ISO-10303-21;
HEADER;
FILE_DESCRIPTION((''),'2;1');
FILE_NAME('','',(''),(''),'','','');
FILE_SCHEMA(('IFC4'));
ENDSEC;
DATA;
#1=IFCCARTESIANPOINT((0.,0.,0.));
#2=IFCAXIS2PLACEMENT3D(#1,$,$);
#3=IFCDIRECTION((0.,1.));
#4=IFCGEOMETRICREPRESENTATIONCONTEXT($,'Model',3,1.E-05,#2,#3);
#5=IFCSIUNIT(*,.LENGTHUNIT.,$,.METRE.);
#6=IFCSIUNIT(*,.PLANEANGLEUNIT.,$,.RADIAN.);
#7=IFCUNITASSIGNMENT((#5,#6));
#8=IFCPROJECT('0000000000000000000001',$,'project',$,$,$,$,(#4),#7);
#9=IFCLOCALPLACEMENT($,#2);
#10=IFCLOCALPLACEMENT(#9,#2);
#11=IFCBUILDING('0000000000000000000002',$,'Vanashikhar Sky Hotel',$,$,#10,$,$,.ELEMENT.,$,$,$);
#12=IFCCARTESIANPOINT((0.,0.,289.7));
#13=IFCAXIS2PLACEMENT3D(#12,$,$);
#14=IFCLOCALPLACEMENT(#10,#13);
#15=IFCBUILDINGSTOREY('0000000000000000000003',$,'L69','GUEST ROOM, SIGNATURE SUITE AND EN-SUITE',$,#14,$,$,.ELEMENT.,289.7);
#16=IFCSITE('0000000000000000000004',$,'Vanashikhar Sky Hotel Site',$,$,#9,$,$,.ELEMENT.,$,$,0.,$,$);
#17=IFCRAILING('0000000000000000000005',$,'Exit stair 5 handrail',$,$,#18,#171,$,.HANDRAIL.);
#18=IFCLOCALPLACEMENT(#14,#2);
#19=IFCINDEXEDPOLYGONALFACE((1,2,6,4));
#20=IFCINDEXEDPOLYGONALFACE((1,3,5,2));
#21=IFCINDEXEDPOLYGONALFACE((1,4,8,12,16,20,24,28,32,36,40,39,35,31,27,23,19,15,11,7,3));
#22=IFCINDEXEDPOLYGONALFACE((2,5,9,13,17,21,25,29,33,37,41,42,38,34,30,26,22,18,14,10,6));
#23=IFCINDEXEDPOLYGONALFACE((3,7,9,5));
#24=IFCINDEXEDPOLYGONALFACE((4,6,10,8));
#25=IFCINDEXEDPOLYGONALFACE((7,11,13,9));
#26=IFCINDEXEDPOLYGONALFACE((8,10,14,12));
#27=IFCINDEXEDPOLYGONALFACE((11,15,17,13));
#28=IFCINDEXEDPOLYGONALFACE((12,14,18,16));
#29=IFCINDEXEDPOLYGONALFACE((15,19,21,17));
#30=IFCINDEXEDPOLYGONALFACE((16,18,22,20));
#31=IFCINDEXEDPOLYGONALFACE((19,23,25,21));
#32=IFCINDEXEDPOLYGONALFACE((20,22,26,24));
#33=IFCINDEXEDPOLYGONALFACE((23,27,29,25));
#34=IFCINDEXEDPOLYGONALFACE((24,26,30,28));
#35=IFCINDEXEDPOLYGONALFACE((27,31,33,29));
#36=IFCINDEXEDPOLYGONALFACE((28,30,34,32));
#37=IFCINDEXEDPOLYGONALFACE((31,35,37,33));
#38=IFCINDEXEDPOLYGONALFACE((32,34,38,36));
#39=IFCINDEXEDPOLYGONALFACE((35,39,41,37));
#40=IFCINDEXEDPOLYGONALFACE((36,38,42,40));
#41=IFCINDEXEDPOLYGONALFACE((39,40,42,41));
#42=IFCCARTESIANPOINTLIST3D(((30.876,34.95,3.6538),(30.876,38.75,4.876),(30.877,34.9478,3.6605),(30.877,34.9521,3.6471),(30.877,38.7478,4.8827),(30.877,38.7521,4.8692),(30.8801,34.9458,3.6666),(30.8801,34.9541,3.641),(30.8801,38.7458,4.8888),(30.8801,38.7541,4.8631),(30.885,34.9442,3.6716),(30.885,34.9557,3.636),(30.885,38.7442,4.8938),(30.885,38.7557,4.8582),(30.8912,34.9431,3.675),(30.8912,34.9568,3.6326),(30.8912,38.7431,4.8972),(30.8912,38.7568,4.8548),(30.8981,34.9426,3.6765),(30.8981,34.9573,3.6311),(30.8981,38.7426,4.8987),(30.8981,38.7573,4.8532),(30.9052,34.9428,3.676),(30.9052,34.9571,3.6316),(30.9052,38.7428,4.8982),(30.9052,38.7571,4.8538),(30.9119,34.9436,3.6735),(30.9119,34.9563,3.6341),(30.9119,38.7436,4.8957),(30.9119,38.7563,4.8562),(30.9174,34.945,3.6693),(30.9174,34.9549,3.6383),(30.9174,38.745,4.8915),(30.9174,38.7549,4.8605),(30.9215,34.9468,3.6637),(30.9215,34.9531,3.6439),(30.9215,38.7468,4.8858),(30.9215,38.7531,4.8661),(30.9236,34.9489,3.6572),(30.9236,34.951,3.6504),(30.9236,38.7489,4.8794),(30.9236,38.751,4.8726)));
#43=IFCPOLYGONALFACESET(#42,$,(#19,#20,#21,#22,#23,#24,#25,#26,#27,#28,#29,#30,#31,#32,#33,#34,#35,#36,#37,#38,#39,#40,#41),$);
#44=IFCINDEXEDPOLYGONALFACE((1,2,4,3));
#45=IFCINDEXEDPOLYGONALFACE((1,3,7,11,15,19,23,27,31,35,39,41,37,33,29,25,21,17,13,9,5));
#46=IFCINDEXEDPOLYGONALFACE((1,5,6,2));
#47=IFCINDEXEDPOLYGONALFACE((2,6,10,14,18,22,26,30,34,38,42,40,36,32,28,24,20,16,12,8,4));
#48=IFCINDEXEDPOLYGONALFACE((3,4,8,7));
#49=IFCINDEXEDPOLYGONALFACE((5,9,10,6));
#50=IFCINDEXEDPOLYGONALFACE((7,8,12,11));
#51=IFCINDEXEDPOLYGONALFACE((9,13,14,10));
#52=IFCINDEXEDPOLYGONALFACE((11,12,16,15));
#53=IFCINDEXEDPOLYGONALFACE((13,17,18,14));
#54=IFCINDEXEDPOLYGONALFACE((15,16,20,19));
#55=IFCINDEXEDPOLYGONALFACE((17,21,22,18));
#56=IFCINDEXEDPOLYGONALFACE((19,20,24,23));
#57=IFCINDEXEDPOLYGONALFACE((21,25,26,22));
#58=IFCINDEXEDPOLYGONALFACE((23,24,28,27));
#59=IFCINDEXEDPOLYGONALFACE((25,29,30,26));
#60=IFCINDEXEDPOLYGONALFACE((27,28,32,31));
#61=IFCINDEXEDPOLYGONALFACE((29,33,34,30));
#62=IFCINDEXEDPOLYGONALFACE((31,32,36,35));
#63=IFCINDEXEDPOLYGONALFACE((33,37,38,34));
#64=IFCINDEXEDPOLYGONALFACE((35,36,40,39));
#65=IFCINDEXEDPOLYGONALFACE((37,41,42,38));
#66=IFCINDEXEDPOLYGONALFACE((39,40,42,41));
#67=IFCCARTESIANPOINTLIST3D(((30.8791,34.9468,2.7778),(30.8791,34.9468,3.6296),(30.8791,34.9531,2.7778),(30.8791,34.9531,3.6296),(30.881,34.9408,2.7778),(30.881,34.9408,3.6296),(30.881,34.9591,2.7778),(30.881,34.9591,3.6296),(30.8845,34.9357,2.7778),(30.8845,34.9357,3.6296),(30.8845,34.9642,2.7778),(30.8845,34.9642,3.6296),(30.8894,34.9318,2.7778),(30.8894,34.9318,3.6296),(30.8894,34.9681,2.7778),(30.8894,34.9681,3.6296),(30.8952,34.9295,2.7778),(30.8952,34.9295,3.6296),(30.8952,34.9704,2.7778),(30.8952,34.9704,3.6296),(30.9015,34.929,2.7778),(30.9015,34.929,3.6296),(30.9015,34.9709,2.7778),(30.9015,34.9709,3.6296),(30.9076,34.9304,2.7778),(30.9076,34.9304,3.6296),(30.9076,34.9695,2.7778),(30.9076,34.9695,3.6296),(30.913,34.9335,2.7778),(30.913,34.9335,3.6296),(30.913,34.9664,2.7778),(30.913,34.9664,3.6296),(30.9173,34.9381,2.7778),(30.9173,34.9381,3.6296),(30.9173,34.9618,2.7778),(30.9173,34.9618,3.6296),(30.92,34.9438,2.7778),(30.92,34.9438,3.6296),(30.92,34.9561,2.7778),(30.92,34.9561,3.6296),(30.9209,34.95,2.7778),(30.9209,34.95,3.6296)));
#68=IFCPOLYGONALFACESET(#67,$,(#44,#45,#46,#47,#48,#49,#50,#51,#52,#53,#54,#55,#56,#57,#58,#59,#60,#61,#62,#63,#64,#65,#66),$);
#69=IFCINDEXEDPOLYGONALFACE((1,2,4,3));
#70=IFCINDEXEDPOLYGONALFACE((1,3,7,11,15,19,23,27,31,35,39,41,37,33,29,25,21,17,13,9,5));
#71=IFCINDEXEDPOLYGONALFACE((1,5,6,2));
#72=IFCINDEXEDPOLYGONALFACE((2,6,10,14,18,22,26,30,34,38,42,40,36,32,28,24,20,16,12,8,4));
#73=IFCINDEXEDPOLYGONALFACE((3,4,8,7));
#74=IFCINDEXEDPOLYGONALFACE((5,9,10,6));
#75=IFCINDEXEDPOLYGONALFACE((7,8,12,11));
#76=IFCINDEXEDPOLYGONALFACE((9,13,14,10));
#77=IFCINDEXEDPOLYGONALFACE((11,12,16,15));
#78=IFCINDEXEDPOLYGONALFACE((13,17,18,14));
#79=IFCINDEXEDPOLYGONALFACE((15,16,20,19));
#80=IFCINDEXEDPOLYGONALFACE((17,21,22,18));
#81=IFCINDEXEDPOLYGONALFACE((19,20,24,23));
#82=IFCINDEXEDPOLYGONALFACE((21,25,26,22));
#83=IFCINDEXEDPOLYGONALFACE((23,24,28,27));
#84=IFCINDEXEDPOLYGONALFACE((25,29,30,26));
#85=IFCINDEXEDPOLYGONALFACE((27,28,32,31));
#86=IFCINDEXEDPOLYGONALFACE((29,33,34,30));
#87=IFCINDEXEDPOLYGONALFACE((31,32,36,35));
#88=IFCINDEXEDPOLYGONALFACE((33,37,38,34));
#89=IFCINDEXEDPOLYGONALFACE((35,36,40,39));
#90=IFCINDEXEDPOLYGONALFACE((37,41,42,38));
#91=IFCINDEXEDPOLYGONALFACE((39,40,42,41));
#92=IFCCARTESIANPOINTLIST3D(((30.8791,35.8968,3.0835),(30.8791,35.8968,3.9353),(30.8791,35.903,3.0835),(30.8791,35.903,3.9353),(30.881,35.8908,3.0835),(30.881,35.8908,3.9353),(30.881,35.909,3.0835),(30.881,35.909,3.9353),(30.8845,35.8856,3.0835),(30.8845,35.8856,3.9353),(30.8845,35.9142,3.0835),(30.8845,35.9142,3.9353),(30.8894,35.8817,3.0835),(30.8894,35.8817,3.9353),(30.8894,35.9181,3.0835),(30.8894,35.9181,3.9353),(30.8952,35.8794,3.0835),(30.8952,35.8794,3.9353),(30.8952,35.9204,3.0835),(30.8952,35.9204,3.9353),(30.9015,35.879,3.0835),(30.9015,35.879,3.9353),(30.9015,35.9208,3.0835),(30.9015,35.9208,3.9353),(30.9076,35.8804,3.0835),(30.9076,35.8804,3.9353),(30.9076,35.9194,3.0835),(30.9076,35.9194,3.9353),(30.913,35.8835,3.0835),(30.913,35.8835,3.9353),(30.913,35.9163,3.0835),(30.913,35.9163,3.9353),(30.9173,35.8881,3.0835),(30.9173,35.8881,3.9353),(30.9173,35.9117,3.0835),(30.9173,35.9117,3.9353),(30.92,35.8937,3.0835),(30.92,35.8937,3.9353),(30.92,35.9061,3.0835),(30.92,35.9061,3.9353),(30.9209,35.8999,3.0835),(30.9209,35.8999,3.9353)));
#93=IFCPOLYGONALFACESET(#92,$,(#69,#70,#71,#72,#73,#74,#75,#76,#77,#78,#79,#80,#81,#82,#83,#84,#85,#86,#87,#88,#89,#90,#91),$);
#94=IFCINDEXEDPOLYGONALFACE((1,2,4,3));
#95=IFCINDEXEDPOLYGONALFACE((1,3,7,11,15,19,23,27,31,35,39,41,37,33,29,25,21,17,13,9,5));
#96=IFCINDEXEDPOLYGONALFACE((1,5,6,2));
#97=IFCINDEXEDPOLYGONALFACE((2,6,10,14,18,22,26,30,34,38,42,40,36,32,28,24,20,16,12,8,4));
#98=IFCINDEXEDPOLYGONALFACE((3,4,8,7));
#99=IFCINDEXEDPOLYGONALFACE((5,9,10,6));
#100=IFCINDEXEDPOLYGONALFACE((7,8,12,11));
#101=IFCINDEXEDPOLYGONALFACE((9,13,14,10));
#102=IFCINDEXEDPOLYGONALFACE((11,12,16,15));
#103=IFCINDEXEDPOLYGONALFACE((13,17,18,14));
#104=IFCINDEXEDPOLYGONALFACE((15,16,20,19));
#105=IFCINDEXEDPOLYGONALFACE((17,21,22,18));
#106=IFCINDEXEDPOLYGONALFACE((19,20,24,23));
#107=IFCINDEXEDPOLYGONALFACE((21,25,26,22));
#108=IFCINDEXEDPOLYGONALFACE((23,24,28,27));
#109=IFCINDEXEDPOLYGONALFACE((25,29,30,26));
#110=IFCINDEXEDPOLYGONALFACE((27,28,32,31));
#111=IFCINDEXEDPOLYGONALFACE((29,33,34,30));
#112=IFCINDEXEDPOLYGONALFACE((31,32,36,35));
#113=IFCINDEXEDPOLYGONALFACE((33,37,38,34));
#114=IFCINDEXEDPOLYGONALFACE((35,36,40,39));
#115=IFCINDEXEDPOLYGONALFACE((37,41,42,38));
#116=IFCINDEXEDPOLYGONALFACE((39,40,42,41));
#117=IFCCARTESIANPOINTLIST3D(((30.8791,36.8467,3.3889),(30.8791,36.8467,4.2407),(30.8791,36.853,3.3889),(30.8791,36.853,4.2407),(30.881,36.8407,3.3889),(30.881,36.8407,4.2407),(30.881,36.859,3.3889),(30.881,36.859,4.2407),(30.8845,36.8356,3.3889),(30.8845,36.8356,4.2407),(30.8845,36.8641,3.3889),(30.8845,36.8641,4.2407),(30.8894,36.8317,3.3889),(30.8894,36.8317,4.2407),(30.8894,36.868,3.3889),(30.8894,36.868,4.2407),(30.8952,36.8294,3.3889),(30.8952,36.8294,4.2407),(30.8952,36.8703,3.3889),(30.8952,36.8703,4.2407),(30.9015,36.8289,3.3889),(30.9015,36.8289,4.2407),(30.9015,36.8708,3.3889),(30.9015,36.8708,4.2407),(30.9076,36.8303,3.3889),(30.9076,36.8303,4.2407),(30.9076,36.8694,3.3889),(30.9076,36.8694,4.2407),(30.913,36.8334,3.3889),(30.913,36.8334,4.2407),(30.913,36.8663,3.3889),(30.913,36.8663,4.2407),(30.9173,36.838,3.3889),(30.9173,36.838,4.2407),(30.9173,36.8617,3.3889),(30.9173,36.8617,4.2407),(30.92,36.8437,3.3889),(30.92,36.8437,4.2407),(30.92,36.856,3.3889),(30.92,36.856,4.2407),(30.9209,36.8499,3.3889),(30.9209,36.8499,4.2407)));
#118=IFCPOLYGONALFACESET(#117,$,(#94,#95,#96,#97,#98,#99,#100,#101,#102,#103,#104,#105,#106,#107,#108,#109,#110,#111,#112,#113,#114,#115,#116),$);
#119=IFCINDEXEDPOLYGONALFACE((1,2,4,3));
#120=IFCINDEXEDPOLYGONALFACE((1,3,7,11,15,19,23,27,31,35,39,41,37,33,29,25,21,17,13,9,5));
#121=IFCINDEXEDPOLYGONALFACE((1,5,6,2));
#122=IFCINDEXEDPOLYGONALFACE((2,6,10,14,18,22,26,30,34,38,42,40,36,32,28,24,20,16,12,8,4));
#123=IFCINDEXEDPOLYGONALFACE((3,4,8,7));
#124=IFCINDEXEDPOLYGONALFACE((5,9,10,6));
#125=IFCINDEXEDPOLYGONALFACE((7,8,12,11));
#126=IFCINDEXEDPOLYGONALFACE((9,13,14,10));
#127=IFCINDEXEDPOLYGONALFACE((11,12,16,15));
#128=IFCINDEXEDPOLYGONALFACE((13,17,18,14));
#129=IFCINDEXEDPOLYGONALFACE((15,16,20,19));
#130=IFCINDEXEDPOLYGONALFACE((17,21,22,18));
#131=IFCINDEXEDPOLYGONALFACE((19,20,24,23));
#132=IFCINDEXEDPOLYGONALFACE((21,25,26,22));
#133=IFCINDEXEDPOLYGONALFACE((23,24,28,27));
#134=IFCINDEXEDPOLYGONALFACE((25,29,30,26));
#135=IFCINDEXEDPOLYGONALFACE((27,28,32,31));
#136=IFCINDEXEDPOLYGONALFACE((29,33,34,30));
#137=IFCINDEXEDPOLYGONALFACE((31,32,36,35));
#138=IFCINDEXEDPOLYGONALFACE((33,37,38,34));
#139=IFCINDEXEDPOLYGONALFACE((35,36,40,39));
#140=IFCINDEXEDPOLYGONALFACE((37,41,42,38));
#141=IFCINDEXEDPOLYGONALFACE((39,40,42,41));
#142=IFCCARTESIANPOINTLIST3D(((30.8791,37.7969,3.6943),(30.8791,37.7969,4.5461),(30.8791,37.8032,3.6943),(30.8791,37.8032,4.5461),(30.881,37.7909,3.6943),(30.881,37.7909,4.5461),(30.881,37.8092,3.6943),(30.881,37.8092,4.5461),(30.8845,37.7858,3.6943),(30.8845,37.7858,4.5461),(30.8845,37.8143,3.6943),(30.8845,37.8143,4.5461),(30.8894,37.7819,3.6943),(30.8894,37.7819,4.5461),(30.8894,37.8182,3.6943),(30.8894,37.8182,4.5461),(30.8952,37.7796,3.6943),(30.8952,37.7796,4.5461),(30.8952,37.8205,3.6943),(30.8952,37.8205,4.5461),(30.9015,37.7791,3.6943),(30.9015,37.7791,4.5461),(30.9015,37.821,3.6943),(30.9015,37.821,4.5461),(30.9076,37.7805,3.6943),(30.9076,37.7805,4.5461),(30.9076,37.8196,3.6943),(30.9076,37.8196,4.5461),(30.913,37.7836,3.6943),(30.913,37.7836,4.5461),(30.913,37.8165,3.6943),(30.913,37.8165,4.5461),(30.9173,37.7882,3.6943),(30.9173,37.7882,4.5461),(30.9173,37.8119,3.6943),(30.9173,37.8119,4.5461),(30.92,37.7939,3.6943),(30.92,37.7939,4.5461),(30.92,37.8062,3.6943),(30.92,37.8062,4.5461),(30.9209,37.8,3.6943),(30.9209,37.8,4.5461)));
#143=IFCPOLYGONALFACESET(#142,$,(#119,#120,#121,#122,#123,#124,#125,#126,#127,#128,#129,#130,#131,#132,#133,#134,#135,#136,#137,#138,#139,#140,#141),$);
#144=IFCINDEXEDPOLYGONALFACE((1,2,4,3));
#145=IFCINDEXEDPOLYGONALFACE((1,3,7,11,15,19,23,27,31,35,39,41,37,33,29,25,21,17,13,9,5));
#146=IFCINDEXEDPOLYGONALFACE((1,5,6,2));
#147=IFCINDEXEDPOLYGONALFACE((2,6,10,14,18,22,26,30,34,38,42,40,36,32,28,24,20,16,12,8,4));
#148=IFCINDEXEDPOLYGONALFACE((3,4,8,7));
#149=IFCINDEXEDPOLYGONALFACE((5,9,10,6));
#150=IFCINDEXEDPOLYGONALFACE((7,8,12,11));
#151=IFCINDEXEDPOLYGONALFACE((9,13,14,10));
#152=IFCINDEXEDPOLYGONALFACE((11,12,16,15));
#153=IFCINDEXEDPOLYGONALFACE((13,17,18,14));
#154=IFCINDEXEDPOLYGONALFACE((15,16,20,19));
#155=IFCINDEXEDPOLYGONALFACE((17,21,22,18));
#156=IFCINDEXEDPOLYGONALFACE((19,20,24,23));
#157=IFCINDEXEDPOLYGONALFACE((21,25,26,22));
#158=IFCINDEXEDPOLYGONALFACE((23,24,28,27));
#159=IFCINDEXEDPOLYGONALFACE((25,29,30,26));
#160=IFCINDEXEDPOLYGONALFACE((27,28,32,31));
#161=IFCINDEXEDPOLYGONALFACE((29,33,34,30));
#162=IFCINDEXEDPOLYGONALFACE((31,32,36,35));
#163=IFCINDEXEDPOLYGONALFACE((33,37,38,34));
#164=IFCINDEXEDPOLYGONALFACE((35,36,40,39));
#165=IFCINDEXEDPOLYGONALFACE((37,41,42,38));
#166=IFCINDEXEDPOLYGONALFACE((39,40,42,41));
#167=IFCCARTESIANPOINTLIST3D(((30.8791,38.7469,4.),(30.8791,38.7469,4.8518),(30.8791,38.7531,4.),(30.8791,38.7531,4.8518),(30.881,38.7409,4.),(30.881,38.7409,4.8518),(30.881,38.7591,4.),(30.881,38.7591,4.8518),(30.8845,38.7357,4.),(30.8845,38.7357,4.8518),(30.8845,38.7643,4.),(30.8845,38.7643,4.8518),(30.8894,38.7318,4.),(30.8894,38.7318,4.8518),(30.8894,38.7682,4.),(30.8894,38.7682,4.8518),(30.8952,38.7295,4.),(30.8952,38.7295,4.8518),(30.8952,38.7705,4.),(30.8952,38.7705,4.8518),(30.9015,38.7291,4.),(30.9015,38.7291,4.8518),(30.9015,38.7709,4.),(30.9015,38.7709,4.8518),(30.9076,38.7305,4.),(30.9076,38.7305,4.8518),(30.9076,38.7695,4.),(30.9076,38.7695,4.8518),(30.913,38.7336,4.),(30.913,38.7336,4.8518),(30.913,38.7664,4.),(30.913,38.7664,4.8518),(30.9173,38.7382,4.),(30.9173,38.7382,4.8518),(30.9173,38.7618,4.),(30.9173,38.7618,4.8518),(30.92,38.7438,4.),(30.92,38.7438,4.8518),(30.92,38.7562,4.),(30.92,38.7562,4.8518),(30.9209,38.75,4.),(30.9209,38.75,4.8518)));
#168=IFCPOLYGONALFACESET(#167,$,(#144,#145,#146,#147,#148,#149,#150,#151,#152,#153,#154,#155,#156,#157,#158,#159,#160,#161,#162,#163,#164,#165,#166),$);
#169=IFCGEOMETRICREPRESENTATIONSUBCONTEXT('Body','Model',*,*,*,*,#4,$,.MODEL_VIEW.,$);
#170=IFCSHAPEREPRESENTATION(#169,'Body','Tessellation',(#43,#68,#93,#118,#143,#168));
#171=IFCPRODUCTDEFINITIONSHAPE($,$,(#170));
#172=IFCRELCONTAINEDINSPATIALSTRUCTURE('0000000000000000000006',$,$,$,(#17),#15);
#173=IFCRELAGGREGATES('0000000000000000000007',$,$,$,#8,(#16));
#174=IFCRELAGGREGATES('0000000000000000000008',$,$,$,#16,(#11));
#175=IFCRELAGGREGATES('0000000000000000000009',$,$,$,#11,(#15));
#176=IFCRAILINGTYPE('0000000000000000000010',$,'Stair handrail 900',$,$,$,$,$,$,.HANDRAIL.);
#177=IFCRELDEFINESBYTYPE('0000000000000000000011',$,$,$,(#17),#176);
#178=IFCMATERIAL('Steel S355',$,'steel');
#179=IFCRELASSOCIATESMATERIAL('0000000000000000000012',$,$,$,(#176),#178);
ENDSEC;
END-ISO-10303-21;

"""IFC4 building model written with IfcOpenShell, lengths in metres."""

from ifc_helpers import new_model, si_unit, direction, frame, origin, origin_2d, place, context, subcontext, project, spatial, circle, extrude, source, transform, mapped, material, type_object, element, save


model = new_model("IFC4")

# Units and contexts
model_context = context("Model", 3, precision=1e-05, world=origin(), true_north=direction((0.0, 1.0)))
body_context = subcontext(model_context, "Body", "Model", "MODEL_VIEW")
ifc_project = project(units=[si_unit("LENGTHUNIT", "METRE"), si_unit("PLANEANGLEUNIT", "RADIAN")], contexts=[model_context])

# Site, building, storey
site_placement = place(None, origin())
site = spatial("IfcSite", under=ifc_project, at=site_placement, Name="Vanashikhar Sky Hotel Site", CompositionType="ELEMENT", RefElevation=0.0)
building_placement = place(site_placement, origin())
building = spatial("IfcBuilding", under=site, at=building_placement, Name="Vanashikhar Sky Hotel", CompositionType="ELEMENT")
storey_placement = place(building_placement, frame((0.0, 0.0, 289.7)))
storey = spatial("IfcBuildingStorey", under=building, at=storey_placement, Name="L69", Description="GUEST ROOM, SIGNATURE SUITE AND EN-SUITE", CompositionType="ELEMENT", Elevation=289.7)

# Railing
ifc_material_1 = material(Name="Steel S355", Category="steel")
railing_type_1 = type_object("IfcRailingType", Name="Stair handrail 900", PredefinedType="HANDRAIL", material=ifc_material_1)
shared_shape_1 = source(origin(), body_context, "Body", "SweptSolid", [
    extrude(circle(Radius=0.0239, at=origin_2d()), frame((0.0, 0.0, 0.876), z_axis=(0.0, 0.951976, 0.306173), x_axis=(-1.0, 0.0, 0.0)), (0.0, 0.0, 1.0), 3.9917),
    extrude(circle(Radius=0.021, at=origin_2d()), origin(), (0.0, 0.0, 1.0), 0.8518),
    extrude(circle(Radius=0.021, at=origin_2d()), frame((0.0, 0.95, 0.3057)), (0.0, 0.0, 1.0), 0.8518),
    extrude(circle(Radius=0.021, at=origin_2d()), frame((0.0, 1.8999, 0.6111)), (0.0, 0.0, 1.0), 0.8518),
    extrude(circle(Radius=0.021, at=origin_2d()), frame((0.0, 2.8501, 0.9165)), (0.0, 0.0, 1.0), 0.8518),
    extrude(circle(Radius=0.021, at=origin_2d()), frame((0.0, 3.8, 1.2222)), (0.0, 0.0, 1.0), 0.8518),
])
railing_1_placement = place(storey_placement, frame((30.8999, 34.95, 2.7778)))
element("IfcRailing", 1, at=railing_1_placement, inside=storey, type_object=railing_type_1, Name="Exit stair 5 handrail", PredefinedType="HANDRAIL", context=body_context, shape_type="MappedRepresentation", body=[
    mapped(shared_shape_1, transform((0.0, 0.0, 0.0), scale=1.0)),
])

save(model, "model.ifc")
